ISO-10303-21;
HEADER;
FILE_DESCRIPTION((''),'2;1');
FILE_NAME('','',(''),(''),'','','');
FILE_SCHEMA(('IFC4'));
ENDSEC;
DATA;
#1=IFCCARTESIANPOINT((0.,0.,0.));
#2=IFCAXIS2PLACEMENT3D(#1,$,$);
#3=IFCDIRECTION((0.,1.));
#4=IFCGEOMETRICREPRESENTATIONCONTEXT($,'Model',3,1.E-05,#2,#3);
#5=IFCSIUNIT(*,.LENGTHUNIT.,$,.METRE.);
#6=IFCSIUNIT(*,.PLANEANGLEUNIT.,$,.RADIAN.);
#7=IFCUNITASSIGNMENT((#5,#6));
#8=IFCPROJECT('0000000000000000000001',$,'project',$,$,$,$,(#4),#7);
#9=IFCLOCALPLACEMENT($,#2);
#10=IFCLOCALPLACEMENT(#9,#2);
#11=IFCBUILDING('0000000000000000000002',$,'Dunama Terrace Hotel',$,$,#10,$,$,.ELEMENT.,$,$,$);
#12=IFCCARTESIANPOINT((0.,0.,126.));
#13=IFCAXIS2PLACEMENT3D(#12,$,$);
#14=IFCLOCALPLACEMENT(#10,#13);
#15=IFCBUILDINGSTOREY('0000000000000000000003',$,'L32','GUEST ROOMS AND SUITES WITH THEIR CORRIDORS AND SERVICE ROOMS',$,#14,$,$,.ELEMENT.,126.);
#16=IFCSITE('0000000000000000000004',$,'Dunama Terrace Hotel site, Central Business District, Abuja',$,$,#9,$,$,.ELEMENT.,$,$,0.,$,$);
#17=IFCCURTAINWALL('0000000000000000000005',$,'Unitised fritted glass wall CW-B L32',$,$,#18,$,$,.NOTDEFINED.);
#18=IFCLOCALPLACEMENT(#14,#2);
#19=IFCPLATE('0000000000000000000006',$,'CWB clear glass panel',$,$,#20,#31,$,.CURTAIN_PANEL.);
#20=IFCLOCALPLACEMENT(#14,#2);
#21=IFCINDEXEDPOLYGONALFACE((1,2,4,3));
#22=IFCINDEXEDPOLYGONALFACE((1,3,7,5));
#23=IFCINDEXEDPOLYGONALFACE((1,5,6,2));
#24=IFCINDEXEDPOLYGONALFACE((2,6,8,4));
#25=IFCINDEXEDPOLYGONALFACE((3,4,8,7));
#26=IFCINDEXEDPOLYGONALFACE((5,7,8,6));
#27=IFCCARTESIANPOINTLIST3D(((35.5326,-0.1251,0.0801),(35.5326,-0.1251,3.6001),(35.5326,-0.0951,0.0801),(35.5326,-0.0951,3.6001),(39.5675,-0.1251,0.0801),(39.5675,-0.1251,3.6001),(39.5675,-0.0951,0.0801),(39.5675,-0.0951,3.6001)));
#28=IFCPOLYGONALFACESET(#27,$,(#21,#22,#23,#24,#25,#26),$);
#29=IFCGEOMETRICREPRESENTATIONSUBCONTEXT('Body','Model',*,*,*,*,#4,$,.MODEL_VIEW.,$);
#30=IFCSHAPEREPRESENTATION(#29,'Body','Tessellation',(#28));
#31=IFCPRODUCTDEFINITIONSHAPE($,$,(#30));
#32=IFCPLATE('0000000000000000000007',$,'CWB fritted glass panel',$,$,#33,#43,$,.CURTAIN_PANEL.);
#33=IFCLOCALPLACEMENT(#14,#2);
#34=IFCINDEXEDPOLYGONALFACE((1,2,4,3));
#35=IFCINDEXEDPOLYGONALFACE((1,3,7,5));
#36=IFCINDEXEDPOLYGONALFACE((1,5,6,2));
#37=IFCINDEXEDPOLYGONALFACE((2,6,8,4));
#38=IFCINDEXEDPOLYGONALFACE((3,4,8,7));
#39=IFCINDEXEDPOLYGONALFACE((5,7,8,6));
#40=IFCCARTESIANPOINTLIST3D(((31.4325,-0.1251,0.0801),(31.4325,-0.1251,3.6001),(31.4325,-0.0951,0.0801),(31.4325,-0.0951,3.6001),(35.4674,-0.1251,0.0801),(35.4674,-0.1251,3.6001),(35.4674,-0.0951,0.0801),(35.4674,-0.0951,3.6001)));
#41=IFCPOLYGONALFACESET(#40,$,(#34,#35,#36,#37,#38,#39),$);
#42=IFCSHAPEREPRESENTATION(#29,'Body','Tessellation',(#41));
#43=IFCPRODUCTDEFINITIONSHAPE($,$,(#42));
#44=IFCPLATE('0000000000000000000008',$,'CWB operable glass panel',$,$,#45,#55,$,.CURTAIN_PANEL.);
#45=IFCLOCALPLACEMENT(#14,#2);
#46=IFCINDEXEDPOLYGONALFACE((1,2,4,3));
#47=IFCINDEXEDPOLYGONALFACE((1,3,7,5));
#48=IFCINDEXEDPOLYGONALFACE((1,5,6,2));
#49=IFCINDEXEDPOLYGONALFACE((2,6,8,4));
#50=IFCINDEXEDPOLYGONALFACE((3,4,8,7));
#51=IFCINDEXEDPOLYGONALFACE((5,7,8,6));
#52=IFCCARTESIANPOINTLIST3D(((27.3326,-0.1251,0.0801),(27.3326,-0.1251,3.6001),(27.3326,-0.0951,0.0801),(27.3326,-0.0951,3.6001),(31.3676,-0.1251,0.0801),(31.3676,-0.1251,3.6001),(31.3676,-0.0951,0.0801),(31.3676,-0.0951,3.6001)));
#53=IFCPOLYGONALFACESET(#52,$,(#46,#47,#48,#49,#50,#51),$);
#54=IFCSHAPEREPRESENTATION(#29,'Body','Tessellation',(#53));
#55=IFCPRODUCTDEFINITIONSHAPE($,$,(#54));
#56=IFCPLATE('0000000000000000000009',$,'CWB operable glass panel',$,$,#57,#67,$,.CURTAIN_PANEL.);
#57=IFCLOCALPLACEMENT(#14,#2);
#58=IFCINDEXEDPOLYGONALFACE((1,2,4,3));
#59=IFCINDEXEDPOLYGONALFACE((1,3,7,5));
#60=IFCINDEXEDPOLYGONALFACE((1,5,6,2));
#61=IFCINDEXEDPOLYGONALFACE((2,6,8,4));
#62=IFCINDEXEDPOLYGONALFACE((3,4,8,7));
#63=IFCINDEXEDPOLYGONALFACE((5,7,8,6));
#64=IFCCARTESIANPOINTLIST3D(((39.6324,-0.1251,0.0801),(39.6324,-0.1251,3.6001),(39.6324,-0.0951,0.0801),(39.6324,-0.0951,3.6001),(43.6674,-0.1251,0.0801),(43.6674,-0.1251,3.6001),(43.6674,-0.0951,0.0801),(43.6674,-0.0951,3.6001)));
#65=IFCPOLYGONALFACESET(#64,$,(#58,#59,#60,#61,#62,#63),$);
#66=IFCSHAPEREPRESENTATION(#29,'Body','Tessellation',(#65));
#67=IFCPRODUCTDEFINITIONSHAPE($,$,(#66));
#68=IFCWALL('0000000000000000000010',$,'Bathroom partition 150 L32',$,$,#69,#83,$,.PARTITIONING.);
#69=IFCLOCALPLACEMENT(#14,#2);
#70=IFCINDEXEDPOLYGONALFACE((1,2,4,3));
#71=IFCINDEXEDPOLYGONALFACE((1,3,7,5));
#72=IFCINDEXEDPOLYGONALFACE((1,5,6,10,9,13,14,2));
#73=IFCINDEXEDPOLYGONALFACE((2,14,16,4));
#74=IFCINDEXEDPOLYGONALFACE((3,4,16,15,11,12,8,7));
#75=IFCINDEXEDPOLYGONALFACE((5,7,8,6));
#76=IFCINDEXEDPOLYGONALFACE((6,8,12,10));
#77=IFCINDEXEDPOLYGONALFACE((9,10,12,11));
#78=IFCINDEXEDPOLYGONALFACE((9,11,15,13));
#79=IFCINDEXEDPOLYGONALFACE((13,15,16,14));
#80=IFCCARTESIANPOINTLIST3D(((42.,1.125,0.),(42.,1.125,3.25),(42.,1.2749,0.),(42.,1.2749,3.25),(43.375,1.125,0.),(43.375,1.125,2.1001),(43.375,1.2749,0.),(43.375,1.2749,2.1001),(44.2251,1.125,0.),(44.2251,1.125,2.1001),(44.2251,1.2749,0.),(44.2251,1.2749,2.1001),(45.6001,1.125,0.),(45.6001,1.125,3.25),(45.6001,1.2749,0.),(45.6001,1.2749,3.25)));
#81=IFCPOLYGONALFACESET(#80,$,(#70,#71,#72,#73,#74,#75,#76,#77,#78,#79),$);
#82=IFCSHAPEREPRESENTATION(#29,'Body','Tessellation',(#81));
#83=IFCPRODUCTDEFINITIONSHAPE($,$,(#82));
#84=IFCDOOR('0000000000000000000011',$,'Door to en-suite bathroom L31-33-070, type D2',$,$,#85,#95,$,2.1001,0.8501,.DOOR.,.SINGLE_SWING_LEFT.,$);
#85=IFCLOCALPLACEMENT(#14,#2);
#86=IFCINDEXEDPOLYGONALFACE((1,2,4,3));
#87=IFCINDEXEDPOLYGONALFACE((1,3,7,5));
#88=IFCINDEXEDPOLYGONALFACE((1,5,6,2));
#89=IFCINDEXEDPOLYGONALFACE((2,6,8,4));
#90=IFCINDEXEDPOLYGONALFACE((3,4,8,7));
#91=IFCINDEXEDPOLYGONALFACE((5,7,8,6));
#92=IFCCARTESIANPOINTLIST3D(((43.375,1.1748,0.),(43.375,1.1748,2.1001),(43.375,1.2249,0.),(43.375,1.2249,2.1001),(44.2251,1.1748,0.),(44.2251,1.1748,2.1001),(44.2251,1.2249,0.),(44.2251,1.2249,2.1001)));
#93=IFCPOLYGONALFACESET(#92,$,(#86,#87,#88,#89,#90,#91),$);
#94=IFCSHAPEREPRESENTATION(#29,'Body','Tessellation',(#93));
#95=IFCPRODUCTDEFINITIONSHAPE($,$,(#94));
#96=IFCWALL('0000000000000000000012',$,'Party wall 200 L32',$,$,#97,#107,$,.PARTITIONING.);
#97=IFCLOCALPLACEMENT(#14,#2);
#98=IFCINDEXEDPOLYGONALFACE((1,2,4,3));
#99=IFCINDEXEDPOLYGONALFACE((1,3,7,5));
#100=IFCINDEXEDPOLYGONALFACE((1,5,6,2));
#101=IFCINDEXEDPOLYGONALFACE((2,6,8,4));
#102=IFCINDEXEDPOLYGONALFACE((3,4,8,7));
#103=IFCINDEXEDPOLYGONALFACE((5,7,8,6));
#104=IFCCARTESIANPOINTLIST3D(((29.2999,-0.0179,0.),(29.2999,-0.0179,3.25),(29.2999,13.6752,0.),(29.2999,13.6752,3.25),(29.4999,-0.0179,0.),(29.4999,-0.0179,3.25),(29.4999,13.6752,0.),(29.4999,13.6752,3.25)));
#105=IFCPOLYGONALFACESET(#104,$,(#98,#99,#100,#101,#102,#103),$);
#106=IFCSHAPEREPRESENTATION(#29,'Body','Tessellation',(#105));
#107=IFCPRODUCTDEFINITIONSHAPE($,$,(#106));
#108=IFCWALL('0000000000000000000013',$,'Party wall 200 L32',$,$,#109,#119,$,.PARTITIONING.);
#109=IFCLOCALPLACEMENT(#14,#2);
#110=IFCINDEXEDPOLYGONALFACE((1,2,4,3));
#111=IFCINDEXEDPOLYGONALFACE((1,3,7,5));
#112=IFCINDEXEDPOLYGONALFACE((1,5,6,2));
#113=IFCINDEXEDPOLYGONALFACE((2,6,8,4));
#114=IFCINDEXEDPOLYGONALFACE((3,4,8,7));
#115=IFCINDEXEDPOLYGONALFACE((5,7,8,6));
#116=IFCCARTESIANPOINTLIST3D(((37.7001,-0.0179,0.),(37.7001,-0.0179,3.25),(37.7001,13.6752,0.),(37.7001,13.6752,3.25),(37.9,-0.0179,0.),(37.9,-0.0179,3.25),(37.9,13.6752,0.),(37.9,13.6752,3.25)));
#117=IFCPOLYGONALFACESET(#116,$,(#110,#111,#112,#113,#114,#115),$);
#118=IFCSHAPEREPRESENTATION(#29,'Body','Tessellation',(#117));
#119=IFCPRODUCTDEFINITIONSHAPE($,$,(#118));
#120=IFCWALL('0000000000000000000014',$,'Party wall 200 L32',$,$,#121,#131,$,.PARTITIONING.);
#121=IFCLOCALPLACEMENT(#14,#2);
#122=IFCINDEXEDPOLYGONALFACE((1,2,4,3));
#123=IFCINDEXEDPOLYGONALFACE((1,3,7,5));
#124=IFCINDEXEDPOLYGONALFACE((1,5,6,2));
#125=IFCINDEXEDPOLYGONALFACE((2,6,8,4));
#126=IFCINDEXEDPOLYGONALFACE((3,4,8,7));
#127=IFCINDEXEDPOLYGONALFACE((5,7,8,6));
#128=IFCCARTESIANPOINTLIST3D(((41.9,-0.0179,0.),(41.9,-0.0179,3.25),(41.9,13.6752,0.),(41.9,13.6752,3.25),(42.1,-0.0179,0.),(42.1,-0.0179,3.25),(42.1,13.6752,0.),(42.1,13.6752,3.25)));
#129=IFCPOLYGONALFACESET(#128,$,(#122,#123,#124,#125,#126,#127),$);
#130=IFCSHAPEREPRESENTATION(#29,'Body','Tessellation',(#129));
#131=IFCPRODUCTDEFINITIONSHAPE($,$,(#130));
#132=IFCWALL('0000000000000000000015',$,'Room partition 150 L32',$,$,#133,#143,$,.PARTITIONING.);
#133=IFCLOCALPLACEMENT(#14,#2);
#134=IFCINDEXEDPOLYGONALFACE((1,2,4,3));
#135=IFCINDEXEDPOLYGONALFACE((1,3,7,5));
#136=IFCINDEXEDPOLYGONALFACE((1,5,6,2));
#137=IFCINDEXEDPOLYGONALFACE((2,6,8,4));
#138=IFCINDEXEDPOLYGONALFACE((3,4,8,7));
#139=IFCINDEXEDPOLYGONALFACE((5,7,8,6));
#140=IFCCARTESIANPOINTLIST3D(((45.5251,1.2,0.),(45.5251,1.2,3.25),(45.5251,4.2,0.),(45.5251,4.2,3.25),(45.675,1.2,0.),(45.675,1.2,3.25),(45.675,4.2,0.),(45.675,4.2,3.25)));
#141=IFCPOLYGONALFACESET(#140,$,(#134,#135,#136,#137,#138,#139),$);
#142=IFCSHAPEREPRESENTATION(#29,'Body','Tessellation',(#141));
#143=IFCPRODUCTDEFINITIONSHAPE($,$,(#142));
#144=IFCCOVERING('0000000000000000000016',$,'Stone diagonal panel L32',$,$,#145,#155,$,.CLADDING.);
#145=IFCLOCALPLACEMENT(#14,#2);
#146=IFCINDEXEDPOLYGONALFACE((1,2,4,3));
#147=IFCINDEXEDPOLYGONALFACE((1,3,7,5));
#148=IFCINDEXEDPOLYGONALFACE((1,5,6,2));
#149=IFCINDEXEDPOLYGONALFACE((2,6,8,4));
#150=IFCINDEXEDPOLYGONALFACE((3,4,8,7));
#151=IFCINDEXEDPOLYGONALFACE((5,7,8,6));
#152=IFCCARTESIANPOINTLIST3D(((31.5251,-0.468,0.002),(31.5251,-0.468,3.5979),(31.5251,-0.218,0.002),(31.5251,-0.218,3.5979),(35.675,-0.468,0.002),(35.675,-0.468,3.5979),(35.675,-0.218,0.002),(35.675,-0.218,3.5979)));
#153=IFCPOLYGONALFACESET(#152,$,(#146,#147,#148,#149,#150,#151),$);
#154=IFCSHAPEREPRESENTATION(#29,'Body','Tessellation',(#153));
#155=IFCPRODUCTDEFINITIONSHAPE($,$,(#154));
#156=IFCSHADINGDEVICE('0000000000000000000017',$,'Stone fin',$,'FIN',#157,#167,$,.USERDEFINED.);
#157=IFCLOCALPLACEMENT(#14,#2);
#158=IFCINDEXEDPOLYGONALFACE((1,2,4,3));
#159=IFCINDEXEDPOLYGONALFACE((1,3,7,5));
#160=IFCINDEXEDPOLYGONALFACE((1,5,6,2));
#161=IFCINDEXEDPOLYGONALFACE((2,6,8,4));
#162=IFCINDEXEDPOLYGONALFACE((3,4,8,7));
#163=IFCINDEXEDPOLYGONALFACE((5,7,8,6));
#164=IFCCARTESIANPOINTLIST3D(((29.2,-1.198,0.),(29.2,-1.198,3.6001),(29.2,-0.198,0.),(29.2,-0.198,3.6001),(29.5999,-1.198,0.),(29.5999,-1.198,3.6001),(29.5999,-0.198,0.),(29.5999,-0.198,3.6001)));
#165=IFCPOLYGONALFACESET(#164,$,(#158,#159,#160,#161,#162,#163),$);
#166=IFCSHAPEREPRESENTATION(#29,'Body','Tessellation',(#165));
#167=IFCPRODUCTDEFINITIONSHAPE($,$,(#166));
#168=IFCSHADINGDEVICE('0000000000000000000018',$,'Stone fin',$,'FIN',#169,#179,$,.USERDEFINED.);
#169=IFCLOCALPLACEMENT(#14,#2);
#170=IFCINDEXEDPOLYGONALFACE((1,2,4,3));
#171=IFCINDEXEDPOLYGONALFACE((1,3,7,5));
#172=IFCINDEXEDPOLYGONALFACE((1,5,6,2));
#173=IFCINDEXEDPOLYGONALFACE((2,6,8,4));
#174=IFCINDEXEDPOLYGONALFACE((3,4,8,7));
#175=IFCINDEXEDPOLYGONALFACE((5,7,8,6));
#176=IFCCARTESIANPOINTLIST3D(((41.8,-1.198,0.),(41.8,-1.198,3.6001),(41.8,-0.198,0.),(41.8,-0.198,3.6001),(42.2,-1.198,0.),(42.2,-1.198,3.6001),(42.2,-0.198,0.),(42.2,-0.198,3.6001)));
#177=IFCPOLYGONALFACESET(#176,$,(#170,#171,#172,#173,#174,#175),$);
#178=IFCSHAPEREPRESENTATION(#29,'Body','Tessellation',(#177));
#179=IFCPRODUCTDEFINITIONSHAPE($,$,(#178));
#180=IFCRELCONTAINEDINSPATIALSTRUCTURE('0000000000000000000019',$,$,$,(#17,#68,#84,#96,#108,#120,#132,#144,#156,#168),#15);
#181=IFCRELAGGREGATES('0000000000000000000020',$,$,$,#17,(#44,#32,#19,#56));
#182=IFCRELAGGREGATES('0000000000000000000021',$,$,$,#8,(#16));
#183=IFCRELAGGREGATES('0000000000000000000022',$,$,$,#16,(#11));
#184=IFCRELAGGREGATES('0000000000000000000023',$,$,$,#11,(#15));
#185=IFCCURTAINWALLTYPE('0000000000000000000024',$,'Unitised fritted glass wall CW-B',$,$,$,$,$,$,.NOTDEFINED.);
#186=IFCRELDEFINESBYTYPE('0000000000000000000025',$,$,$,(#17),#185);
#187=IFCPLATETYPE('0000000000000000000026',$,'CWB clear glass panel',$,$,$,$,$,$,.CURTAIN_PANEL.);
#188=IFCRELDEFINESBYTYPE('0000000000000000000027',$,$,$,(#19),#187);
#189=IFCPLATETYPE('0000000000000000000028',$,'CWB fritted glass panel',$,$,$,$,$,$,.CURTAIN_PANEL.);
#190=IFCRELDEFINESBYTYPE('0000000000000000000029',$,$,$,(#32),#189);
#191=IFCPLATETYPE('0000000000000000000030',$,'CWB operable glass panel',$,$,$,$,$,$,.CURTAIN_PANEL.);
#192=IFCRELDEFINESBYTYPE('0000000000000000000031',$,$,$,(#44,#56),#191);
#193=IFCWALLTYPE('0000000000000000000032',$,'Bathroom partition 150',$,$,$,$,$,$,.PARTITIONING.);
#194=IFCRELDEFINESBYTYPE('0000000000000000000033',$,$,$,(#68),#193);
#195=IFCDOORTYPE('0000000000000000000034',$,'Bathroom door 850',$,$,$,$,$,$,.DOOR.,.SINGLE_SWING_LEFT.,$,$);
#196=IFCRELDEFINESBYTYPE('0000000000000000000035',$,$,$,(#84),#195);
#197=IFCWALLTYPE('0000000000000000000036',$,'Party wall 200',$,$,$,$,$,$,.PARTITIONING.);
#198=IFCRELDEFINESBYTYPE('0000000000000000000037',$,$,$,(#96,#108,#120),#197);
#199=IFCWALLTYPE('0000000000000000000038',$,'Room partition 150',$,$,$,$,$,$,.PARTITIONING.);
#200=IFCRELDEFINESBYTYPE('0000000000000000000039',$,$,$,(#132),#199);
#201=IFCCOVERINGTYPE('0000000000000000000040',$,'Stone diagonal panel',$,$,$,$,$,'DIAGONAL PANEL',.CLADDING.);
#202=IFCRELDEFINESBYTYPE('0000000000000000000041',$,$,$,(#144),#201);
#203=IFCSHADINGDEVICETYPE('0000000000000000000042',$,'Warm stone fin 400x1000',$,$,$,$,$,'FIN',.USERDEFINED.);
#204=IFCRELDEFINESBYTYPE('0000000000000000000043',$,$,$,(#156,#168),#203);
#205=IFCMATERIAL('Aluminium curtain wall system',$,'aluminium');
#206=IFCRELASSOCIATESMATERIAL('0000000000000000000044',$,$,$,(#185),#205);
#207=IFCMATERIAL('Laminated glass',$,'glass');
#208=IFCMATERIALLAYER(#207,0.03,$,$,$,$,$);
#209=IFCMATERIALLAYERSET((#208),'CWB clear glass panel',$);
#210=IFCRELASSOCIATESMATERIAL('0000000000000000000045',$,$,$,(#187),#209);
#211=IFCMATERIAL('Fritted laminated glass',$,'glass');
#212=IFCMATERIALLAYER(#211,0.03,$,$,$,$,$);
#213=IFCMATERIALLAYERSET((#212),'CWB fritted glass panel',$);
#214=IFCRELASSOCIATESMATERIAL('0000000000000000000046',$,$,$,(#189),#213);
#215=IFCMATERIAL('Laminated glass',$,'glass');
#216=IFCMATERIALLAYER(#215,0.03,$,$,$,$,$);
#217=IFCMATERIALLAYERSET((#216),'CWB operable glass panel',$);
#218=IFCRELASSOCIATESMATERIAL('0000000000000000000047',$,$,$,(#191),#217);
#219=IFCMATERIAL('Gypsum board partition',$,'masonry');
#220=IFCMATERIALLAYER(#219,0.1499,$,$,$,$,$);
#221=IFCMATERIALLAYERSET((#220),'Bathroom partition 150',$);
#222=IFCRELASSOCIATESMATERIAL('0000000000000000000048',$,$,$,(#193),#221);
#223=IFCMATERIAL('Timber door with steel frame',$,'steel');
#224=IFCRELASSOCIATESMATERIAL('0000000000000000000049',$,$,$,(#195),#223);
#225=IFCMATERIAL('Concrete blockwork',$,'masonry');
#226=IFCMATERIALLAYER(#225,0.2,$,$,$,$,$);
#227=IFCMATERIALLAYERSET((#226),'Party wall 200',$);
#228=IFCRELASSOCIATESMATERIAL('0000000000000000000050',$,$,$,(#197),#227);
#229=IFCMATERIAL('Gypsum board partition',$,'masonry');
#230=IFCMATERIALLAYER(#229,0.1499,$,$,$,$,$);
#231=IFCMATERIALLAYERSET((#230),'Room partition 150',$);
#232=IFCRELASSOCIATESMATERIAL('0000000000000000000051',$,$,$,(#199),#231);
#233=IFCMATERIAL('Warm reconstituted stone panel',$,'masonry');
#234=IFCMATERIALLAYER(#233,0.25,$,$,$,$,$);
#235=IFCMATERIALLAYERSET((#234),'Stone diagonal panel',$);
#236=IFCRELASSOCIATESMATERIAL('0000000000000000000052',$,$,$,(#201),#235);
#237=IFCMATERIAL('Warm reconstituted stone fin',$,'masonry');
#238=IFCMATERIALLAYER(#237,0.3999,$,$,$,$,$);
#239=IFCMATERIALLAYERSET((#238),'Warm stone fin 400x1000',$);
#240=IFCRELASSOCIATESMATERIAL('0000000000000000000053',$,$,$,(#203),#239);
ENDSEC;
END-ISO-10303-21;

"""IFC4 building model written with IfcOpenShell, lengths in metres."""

from ifc_helpers import new_model, si_unit, direction, frame, frame_2d, origin, origin_2d, place, context, subcontext, project, spatial, rectangle, extrude, material, layer, layer_set, type_object, element, fill, aggregate, save


model = new_model("IFC4")

# Units and contexts
model_context = context("Model", 3, precision=1e-05, world=origin(), true_north=direction((0.0, 1.0)))
body_context = subcontext(model_context, "Body", "Model", "MODEL_VIEW")
ifc_project = project(units=[si_unit("LENGTHUNIT", "METRE"), si_unit("PLANEANGLEUNIT", "RADIAN")], contexts=[model_context])

# Site, building, storey
site_placement = place(None, origin())
site = spatial("IfcSite", under=ifc_project, at=site_placement, Name="Dunama Terrace Hotel site, Central Business District, Abuja", CompositionType="ELEMENT", RefElevation=0.0)
building_placement = place(site_placement, origin())
building = spatial("IfcBuilding", under=site, at=building_placement, Name="Dunama Terrace Hotel", CompositionType="ELEMENT")
storey_placement = place(building_placement, frame((0.0, 0.0, 126.0)))
storey = spatial("IfcBuildingStorey", under=building, at=storey_placement, Name="L32", Description="GUEST ROOMS AND SUITES WITH THEIR CORRIDORS AND SERVICE ROOMS", CompositionType="ELEMENT", Elevation=126.0)

# Curtain wall
ifc_material_1 = material(Name="Aluminium curtain wall system", Category="aluminium")
curtain_wall_type = type_object("IfcCurtainWallType", Name="Unitised fritted glass wall CW-B", PredefinedType="NOTDEFINED", material=ifc_material_1)
curtain_wall_placement = place(storey_placement, origin())
curtain_wall = element("IfcCurtainWall", 1, at=curtain_wall_placement, inside=storey, type_object=curtain_wall_type, Name="Unitised fritted glass wall CW-B L32", PredefinedType="NOTDEFINED")

# Plates
ifc_material_2 = material(Name="Laminated glass", Category="glass")
ifc_layer_1 = layer(ifc_material_2, 0.03)
ifc_layer_set_1 = layer_set([ifc_layer_1], Name="CWB clear glass panel")
plate_type_1 = type_object("IfcPlateType", Name="CWB clear glass panel", PredefinedType="CURTAIN_PANEL", material=ifc_layer_set_1)
plate_1_placement = place(storey_placement, frame((37.55, -0.1101, 0.0801), z_axis=(0.0, 0.0, 1.0), x_axis=(1.0, 0.0, 0.0)))
plate_1 = element("IfcPlate", 2, at=plate_1_placement, type_object=plate_type_1, Name="CWB clear glass panel", PredefinedType="CURTAIN_PANEL", context=body_context, shape_type="SweptSolid", body=[
    extrude(rectangle(XDim=4.0349, YDim=0.03, at=origin_2d()), origin(), (0.0, 0.0, 1.0), 3.52),
])
ifc_material_3 = material(Name="Fritted laminated glass", Category="glass")
ifc_layer_2 = layer(ifc_material_3, 0.03)
ifc_layer_set_2 = layer_set([ifc_layer_2], Name="CWB fritted glass panel")
plate_type_2 = type_object("IfcPlateType", Name="CWB fritted glass panel", PredefinedType="CURTAIN_PANEL", material=ifc_layer_set_2)
plate_2_placement = place(storey_placement, frame((33.45, -0.1101, 0.0801), z_axis=(0.0, 0.0, 1.0), x_axis=(1.0, 0.0, 0.0)))
plate_2 = element("IfcPlate", 3, at=plate_2_placement, type_object=plate_type_2, Name="CWB fritted glass panel", PredefinedType="CURTAIN_PANEL", context=body_context, shape_type="SweptSolid", body=[
    extrude(rectangle(XDim=4.0349, YDim=0.03, at=origin_2d()), origin(), (0.0, 0.0, 1.0), 3.52),
])
ifc_material_4 = material(Name="Laminated glass", Category="glass")
ifc_layer_3 = layer(ifc_material_4, 0.03)
ifc_layer_set_3 = layer_set([ifc_layer_3], Name="CWB operable glass panel")
plate_type_3 = type_object("IfcPlateType", Name="CWB operable glass panel", PredefinedType="CURTAIN_PANEL", material=ifc_layer_set_3)
plate_3_placement = place(storey_placement, frame((29.3501, -0.1101, 0.0801), z_axis=(0.0, 0.0, 1.0), x_axis=(1.0, 0.0, 0.0)))
plate_3 = element("IfcPlate", 4, at=plate_3_placement, type_object=plate_type_3, Name="CWB operable glass panel", PredefinedType="CURTAIN_PANEL", context=body_context, shape_type="SweptSolid", body=[
    extrude(rectangle(XDim=4.0349, YDim=0.03, at=origin_2d()), origin(), (0.0, 0.0, 1.0), 3.52),
])
plate_4_placement = place(storey_placement, frame((41.6499, -0.1101, 0.0801), z_axis=(0.0, 0.0, 1.0), x_axis=(1.0, 0.0, 0.0)))
plate_4 = element("IfcPlate", 5, at=plate_4_placement, type_object=plate_type_3, Name="CWB operable glass panel", PredefinedType="CURTAIN_PANEL", context=body_context, shape_type="SweptSolid", body=[
    extrude(rectangle(XDim=4.0349, YDim=0.03, at=origin_2d()), origin(), (0.0, 0.0, 1.0), 3.52),
])
aggregate(curtain_wall, [plate_3, plate_2, plate_1, plate_4])

# Wall, opening, door
ifc_material_5 = material(Name="Gypsum board partition", Category="masonry")
ifc_layer_4 = layer(ifc_material_5, 0.1499)
ifc_layer_set_4 = layer_set([ifc_layer_4], Name="Bathroom partition 150")
wall_type_1 = type_object("IfcWallType", Name="Bathroom partition 150", PredefinedType="PARTITIONING", material=ifc_layer_set_4)
wall_1_placement = place(storey_placement, frame((42.0, 1.2, 0.0), z_axis=(0.0, 0.0, 1.0), x_axis=(1.0, 0.0, 0.0)))
wall_1 = element("IfcWall", 6, at=wall_1_placement, inside=storey, type_object=wall_type_1, Name="Bathroom partition 150 L32", PredefinedType="PARTITIONING", context=body_context, shape_type="SweptSolid", body=[
    extrude(rectangle(XDim=3.6001, YDim=0.1499, at=frame_2d((1.8, 0.0))), origin(), (0.0, 0.0, 1.0), 3.25),
])
opening_placement = place(wall_1_placement, frame((1.375, 0.0, 0.0)))
opening = element("IfcOpeningElement", 7, at=opening_placement, cuts=wall_1, PredefinedType="OPENING", context=body_context, shape_type="SweptSolid", body=[
    extrude(rectangle(XDim=0.8501, YDim=2.1001, at=frame_2d((0.425, 1.05))), frame((0.0, 0.085, 0.0), z_axis=(0.0, -1.0, 0.0), x_axis=(1.0, 0.0, 0.0)), (0.0, 0.0, 1.0), 0.1699),
])
ifc_material_6 = material(Name="Timber door with steel frame", Category="steel")
door_type = type_object("IfcDoorType", Name="Bathroom door 850", OperationType="SINGLE_SWING_LEFT", PredefinedType="DOOR", material=ifc_material_6)
door_placement = place(opening_placement, origin())
door = element("IfcDoor", 8, at=door_placement, inside=storey, type_object=door_type, Name="Door to en-suite bathroom L31-33-070, type D2", OperationType="SINGLE_SWING_LEFT", OverallHeight=2.1001, OverallWidth=0.8501, PredefinedType="DOOR", context=body_context, shape_type="SweptSolid", body=[
    extrude(rectangle(XDim=0.8501, YDim=2.1001, at=frame_2d((0.425, 1.05))), frame((0.0, 0.0249, 0.0), z_axis=(0.0, -1.0, 0.0), x_axis=(1.0, 0.0, 0.0)), (0.0, 0.0, 1.0), 0.05),
])
fill(opening, door)

# Walls
ifc_material_7 = material(Name="Concrete blockwork", Category="masonry")
ifc_layer_5 = layer(ifc_material_7, 0.2)
ifc_layer_set_5 = layer_set([ifc_layer_5], Name="Party wall 200")
wall_type_2 = type_object("IfcWallType", Name="Party wall 200", PredefinedType="PARTITIONING", material=ifc_layer_set_5)
for number, where, z_axis, x_axis, name in (
    (9, (29.3999, -0.0181, 0.0), (0.0, 0.0, 1.0), (0.0, 1.0, 0.0), "Party wall 200 L32"),
    (10, (37.8, -0.0181, 0.0), (0.0, 0.0, 1.0), (0.0, 1.0, 0.0), "Party wall 200 L32"),
    (11, (42.0, -0.0181, 0.0), (0.0, 0.0, 1.0), (0.0, 1.0, 0.0), "Party wall 200 L32"),
):
    element("IfcWall", number, at=place(storey_placement, frame(where, z_axis=z_axis, x_axis=x_axis)), inside=storey, type_object=wall_type_2, Name=name, PredefinedType="PARTITIONING", context=body_context, shape_type="SweptSolid", body=[
        extrude(rectangle(XDim=13.6931, YDim=0.2, at=frame_2d((6.8467, 0.0))), origin(), (0.0, 0.0, 1.0), 3.25),
    ])
ifc_material_8 = material(Name="Gypsum board partition", Category="masonry")
ifc_layer_6 = layer(ifc_material_8, 0.1499)
ifc_layer_set_6 = layer_set([ifc_layer_6], Name="Room partition 150")
wall_type_3 = type_object("IfcWallType", Name="Room partition 150", PredefinedType="PARTITIONING", material=ifc_layer_set_6)
wall_2_placement = place(storey_placement, frame((45.6001, 1.2, 0.0), z_axis=(0.0, 0.0, 1.0), x_axis=(0.0, 1.0, 0.0)))
element("IfcWall", 12, at=wall_2_placement, inside=storey, type_object=wall_type_3, Name="Room partition 150 L32", PredefinedType="PARTITIONING", context=body_context, shape_type="SweptSolid", body=[
    extrude(rectangle(XDim=3.0, YDim=0.1499, at=frame_2d((1.5, 0.0))), origin(), (0.0, 0.0, 1.0), 3.25),
])

# Covering
ifc_material_9 = material(Name="Warm reconstituted stone panel", Category="masonry")
ifc_layer_7 = layer(ifc_material_9, 0.25)
ifc_layer_set_7 = layer_set([ifc_layer_7], Name="Stone diagonal panel")
covering_type = type_object("IfcCoveringType", Name="Stone diagonal panel", ElementType="DIAGONAL PANEL", PredefinedType="CLADDING", material=ifc_layer_set_7)
covering_placement = place(storey_placement, frame((33.6001, -0.343, 0.002), z_axis=(0.0, 0.0, 1.0), x_axis=(1.0, 0.0, 0.0)))
element("IfcCovering", 13, at=covering_placement, inside=storey, type_object=covering_type, Name="Stone diagonal panel L32", PredefinedType="CLADDING", context=body_context, shape_type="SweptSolid", body=[
    extrude(rectangle(XDim=4.1499, YDim=0.25, at=origin_2d()), origin(), (0.0, 0.0, 1.0), 3.5959),
])

# Shading devices
ifc_material_10 = material(Name="Warm reconstituted stone fin", Category="masonry")
ifc_layer_8 = layer(ifc_material_10, 0.3999)
ifc_layer_set_8 = layer_set([ifc_layer_8], Name="Warm stone fin 400x1000")
shading_device_type = type_object("IfcShadingDeviceType", Name="Warm stone fin 400x1000", ElementType="FIN", PredefinedType="USERDEFINED", material=ifc_layer_set_8)
for number, where, z_axis, x_axis, name in (
    (14, (29.3999, -0.698, 0.0), (0.0, 0.0, 1.0), (1.0, 0.0, 0.0), "Stone fin"),
    (15, (42.0, -0.698, 0.0), (0.0, 0.0, 1.0), (1.0, 0.0, 0.0), "Stone fin"),
):
    element("IfcShadingDevice", number, at=place(storey_placement, frame(where, z_axis=z_axis, x_axis=x_axis)), inside=storey, type_object=shading_device_type, Name=name, ObjectType="FIN", PredefinedType="USERDEFINED", context=body_context, shape_type="SweptSolid", body=[
        extrude(rectangle(XDim=0.3999, YDim=1.0, at=origin_2d()), origin(), (0.0, 0.0, 1.0), 3.6001),
    ])

save(model, "model.ifc")
